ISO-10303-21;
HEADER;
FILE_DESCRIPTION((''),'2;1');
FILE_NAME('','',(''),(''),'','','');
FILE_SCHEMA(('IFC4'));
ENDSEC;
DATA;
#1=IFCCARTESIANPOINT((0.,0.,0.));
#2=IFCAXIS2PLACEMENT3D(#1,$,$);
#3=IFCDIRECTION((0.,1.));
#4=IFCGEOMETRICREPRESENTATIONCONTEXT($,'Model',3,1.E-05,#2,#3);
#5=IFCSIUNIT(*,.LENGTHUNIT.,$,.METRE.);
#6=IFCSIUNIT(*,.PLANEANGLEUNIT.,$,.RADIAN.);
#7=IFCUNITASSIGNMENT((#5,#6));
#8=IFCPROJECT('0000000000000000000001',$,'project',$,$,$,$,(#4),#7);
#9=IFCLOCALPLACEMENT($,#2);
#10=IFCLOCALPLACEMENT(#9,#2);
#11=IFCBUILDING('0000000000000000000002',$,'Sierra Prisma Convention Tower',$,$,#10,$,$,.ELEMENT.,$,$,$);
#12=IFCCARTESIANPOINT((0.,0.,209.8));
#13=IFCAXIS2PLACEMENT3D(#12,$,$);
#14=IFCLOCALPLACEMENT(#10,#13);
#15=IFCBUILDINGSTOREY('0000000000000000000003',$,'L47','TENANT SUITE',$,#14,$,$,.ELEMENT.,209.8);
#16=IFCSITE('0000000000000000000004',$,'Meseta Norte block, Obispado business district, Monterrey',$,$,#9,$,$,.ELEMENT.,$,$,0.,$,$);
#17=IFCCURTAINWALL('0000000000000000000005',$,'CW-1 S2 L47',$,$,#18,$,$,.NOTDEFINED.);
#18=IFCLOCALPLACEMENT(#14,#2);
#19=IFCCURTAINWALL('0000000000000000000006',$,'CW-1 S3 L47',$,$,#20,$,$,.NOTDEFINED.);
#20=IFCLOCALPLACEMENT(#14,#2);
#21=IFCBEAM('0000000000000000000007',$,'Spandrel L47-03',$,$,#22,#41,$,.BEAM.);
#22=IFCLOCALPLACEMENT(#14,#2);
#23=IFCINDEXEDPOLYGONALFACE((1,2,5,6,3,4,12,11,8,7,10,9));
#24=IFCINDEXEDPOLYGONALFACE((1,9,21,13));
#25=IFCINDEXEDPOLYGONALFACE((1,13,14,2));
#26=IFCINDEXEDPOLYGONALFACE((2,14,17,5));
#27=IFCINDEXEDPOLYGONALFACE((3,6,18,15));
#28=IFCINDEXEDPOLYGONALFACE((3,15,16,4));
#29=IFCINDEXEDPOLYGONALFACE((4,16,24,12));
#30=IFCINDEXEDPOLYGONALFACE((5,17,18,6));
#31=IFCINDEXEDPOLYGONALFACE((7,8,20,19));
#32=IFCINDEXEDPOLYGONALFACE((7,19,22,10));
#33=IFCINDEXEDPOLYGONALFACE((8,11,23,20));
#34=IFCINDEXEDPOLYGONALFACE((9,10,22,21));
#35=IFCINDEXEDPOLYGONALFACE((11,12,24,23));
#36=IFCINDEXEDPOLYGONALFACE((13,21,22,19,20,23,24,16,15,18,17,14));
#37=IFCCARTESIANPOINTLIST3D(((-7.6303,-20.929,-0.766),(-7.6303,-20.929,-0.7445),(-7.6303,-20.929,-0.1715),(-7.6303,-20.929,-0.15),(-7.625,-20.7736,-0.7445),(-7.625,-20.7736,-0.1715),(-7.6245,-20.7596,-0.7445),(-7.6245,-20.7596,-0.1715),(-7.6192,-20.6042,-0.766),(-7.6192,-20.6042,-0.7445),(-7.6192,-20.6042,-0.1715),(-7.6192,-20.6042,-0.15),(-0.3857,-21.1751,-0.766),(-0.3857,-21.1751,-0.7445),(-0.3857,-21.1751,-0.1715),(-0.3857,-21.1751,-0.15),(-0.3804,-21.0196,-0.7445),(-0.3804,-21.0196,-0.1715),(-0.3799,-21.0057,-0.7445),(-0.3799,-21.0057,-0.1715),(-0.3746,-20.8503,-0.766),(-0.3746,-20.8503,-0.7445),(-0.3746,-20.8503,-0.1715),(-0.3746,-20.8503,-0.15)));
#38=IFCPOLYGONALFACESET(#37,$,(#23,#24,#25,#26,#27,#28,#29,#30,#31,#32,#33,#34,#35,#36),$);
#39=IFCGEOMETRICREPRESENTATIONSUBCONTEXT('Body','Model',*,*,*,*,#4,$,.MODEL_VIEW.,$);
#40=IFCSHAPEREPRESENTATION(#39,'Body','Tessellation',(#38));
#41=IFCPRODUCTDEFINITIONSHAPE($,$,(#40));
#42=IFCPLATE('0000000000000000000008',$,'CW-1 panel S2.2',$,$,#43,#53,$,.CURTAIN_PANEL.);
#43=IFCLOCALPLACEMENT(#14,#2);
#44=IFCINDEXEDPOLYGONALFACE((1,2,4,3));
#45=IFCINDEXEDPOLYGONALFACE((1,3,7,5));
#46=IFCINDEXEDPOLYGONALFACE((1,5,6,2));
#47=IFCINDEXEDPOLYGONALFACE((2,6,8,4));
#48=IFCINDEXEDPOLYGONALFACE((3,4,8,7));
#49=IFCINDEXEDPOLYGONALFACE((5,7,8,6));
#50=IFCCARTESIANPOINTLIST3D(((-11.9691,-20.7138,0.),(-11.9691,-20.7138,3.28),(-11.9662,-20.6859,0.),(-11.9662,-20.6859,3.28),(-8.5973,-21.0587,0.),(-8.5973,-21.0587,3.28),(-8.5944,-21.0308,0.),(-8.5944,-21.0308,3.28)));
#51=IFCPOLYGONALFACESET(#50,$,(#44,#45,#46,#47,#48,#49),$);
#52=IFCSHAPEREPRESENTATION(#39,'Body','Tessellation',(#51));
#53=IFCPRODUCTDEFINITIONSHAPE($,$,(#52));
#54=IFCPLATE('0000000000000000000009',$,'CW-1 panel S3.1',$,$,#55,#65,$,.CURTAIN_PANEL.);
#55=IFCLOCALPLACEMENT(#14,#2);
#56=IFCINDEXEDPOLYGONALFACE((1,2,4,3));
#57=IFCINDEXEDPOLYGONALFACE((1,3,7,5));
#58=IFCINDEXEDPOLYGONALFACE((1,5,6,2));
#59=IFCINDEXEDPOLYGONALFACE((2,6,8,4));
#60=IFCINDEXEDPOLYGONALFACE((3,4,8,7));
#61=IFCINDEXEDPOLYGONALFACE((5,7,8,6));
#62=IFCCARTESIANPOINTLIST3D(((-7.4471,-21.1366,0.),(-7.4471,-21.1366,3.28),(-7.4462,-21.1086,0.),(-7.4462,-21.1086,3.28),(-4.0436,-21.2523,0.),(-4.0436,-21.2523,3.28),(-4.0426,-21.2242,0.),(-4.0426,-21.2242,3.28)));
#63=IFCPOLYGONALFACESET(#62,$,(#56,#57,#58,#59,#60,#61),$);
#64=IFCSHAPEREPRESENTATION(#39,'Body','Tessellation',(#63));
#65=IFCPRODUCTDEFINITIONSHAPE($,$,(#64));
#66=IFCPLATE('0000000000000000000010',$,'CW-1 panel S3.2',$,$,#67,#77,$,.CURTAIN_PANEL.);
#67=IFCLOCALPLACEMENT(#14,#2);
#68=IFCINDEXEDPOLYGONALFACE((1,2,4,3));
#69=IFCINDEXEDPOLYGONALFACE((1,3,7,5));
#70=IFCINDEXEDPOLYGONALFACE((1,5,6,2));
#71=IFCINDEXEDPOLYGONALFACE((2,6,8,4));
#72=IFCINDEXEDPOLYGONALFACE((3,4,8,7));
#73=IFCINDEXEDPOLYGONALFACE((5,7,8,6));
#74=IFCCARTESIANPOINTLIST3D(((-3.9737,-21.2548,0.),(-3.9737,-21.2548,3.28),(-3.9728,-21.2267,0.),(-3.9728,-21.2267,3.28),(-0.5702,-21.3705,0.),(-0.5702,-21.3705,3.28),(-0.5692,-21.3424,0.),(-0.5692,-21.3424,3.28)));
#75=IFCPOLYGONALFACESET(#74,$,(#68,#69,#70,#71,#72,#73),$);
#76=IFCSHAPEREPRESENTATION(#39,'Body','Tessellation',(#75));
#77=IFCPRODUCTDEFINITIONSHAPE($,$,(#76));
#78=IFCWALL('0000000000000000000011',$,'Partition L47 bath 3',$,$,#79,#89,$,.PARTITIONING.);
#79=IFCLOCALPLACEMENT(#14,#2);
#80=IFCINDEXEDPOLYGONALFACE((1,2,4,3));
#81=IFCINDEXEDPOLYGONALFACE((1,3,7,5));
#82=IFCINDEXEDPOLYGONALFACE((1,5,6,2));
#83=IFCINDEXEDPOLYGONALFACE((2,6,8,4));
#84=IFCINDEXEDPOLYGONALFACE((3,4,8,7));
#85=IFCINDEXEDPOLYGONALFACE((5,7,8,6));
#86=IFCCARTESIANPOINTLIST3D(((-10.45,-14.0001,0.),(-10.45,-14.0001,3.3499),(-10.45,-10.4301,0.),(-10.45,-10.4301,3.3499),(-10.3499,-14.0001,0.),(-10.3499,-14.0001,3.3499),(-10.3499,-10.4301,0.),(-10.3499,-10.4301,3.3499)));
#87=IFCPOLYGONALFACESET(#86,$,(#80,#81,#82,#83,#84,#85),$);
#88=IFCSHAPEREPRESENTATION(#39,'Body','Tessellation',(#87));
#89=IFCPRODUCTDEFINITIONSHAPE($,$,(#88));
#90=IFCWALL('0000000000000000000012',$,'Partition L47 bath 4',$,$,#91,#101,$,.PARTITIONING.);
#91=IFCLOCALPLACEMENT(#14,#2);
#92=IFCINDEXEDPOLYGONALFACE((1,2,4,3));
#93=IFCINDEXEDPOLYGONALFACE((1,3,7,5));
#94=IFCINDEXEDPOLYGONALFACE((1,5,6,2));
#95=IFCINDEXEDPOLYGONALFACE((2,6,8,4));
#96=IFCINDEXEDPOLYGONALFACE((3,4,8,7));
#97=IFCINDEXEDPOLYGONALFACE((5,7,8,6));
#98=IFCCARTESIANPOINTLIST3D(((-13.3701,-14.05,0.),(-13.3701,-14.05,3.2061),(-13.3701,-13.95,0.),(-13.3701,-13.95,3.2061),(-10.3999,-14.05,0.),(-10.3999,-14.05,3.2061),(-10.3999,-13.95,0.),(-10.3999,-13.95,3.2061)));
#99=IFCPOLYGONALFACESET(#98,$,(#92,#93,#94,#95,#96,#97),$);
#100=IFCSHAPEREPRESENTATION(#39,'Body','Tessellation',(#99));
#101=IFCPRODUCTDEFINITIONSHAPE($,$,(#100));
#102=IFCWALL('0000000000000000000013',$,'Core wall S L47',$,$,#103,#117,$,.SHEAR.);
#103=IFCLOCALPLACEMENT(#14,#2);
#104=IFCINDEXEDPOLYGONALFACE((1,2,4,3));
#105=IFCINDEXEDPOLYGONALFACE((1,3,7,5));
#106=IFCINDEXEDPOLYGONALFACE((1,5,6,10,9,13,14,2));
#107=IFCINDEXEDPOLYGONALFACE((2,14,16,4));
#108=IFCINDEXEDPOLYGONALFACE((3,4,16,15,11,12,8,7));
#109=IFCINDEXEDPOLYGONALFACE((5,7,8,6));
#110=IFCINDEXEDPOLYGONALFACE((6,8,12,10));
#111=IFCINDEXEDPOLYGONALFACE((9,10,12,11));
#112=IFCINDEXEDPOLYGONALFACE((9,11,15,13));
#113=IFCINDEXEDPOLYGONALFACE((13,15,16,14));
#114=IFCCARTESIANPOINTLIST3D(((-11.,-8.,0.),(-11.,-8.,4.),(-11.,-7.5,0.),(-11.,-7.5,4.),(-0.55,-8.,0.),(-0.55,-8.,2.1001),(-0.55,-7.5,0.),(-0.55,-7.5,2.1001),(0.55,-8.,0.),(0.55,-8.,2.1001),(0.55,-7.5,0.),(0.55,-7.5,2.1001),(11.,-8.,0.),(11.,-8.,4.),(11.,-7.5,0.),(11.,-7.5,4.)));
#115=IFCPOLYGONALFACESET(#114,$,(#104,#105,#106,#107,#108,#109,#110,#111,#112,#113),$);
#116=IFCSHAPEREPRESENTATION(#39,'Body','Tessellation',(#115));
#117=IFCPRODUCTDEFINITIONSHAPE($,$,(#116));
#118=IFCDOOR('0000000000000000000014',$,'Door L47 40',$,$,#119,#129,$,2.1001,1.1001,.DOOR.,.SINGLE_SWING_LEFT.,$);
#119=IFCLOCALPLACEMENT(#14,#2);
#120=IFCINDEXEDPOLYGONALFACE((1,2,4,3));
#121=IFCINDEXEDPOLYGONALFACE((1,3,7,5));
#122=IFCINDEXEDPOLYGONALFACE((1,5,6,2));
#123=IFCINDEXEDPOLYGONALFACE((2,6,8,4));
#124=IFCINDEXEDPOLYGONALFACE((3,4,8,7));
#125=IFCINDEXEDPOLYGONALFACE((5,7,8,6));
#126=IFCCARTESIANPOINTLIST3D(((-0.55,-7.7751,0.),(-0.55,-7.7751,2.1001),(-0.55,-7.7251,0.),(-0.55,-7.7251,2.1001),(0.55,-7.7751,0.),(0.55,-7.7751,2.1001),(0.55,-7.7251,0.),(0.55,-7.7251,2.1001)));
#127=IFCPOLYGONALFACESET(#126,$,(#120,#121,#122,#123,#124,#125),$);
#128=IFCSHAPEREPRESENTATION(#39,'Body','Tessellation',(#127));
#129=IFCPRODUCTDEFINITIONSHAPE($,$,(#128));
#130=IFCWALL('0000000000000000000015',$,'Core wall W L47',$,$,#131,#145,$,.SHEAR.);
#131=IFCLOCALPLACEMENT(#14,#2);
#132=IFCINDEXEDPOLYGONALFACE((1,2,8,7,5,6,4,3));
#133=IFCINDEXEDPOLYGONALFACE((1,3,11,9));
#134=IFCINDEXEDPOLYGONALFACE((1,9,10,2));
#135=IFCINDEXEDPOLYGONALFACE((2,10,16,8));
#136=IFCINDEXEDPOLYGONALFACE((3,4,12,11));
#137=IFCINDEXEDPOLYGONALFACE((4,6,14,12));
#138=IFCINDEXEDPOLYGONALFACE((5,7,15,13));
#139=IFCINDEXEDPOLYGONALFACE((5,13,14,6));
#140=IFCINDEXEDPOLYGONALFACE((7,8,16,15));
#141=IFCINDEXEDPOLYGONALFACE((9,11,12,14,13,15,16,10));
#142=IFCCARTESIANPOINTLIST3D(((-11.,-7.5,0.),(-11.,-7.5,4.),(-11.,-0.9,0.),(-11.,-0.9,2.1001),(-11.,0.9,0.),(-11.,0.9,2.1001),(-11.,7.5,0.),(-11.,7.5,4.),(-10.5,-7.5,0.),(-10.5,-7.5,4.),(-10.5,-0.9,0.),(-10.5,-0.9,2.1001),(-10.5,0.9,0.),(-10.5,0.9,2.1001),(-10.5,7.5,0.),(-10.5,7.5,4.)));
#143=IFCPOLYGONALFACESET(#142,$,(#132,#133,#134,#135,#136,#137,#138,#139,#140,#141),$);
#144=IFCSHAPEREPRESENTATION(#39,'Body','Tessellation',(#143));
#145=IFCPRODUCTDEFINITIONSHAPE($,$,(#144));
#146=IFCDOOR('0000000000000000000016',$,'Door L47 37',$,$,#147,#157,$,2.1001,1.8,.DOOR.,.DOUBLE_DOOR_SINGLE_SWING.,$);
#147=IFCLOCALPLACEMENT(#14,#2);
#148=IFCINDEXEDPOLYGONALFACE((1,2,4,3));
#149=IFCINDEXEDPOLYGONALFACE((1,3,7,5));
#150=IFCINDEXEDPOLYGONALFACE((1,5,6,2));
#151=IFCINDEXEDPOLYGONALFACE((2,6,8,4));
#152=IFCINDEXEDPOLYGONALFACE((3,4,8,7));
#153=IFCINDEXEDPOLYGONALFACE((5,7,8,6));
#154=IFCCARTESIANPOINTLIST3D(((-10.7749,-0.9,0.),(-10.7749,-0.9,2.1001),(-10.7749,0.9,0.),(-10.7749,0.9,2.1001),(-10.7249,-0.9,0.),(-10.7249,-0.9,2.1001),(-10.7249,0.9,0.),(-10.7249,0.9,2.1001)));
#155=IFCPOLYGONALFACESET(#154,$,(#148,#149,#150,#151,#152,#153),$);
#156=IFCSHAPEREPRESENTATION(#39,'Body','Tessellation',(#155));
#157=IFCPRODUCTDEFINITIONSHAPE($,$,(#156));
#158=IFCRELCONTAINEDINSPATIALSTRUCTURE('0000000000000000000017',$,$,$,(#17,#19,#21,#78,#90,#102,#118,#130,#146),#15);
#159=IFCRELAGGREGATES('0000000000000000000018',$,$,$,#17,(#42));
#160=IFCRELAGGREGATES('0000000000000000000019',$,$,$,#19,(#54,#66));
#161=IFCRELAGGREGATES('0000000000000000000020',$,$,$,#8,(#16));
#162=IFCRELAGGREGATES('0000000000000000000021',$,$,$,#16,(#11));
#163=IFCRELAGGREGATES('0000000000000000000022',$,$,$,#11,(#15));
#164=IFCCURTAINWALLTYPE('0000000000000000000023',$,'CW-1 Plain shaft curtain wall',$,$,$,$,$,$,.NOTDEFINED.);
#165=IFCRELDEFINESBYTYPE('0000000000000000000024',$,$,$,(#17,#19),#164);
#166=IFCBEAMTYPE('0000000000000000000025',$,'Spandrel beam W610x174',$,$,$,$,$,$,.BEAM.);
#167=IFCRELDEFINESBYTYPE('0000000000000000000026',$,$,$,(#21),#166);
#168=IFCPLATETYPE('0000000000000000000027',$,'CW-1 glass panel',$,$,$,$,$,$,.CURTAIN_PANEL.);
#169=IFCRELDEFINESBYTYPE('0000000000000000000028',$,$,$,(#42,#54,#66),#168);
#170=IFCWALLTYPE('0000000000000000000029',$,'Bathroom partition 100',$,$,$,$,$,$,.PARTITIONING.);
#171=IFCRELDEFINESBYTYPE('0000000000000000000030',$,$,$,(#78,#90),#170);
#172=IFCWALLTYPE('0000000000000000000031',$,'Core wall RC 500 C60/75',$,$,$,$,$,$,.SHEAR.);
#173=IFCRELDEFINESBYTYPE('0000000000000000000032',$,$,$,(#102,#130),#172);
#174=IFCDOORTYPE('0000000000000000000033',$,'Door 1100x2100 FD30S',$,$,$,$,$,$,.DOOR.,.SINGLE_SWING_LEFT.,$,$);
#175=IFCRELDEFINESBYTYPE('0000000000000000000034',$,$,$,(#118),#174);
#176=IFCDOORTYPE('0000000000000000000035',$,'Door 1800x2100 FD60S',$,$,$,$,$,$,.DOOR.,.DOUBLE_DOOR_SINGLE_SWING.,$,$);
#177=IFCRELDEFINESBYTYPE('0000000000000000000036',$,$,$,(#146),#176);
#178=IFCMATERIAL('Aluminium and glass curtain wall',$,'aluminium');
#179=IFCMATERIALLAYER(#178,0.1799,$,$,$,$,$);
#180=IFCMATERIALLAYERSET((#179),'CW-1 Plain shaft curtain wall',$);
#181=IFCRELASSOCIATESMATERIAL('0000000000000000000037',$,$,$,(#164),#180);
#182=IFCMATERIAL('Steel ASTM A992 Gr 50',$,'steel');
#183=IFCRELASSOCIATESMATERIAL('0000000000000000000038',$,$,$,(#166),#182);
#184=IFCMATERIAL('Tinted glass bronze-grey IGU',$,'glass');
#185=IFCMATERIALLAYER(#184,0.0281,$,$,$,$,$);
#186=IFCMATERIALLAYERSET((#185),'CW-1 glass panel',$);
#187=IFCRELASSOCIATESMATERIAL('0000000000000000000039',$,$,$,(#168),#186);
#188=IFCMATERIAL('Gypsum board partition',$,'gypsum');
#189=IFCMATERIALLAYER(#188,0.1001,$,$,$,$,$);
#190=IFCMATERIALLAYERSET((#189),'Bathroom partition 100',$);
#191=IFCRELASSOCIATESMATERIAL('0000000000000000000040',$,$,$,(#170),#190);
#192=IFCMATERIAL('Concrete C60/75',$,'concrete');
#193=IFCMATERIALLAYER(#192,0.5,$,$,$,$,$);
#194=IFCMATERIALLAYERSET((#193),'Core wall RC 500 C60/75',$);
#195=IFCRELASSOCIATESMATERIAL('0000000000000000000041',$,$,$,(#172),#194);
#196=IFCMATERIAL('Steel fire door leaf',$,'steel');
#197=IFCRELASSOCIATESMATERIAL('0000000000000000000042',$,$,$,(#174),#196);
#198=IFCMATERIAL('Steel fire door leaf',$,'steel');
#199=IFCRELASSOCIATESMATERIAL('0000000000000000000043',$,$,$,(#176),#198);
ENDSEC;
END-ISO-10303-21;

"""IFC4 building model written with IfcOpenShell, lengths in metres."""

from ifc_helpers import new_model, si_unit, direction, frame, frame_2d, origin, origin_2d, place, context, subcontext, project, spatial, rectangle, i_section, extrude, material, layer, layer_set, material_profile, profile_set, type_object, element, fill, aggregate, save


model = new_model("IFC4")

# Units and contexts
model_context = context("Model", 3, precision=1e-05, world=origin(), true_north=direction((0.0, 1.0)))
body_context = subcontext(model_context, "Body", "Model", "MODEL_VIEW")
ifc_project = project(units=[si_unit("LENGTHUNIT", "METRE"), si_unit("PLANEANGLEUNIT", "RADIAN")], contexts=[model_context])

# Site, building, storey
site_placement = place(None, origin())
site = spatial("IfcSite", under=ifc_project, at=site_placement, Name="Meseta Norte block, Obispado business district, Monterrey", CompositionType="ELEMENT", RefElevation=0.0)
building_placement = place(site_placement, origin())
building = spatial("IfcBuilding", under=site, at=building_placement, Name="Sierra Prisma Convention Tower", CompositionType="ELEMENT")
storey_placement = place(building_placement, frame((0.0, 0.0, 209.8)))
storey = spatial("IfcBuildingStorey", under=building, at=storey_placement, Name="L47", Description="TENANT SUITE", CompositionType="ELEMENT", Elevation=209.8)

# Curtain wall
ifc_material_1 = material(Name="Aluminium and glass curtain wall", Category="aluminium")
ifc_layer_1 = layer(ifc_material_1, 0.1799)
ifc_layer_set_1 = layer_set([ifc_layer_1], Name="CW-1 Plain shaft curtain wall")
curtain_wall_type = type_object("IfcCurtainWallType", Name="CW-1 Plain shaft curtain wall", PredefinedType="NOTDEFINED", material=ifc_layer_set_1)
curtain_wall_1_placement = place(storey_placement, origin())
curtain_wall_1 = element("IfcCurtainWall", 1, at=curtain_wall_1_placement, inside=storey, type_object=curtain_wall_type, Name="CW-1 S2 L47", PredefinedType="NOTDEFINED")

# Curtain wall
curtain_wall_2_placement = place(storey_placement, origin())
curtain_wall_2 = element("IfcCurtainWall", 2, at=curtain_wall_2_placement, inside=storey, type_object=curtain_wall_type, Name="CW-1 S3 L47", PredefinedType="NOTDEFINED")

# Beam
ifc_material_2 = material(Name="Steel ASTM A992 Gr 50", Category="steel")
ifc_material_profile_1 = material_profile(ifc_material_2, i_section(OverallWidth=0.325, OverallDepth=0.616, WebThickness=0.0139, FlangeThickness=0.0215, at=origin_2d()), Name="W610x174")
ifc_profile_set_1 = profile_set([ifc_material_profile_1], Name="Steel ASTM A992 Gr 50")
beam_type_1 = type_object("IfcBeamType", Name="Spandrel beam W610x174", PredefinedType="BEAM", material=ifc_profile_set_1)
beam_1_placement = place(storey_placement, frame((-7.6248, -20.7666, -0.458), z_axis=(0.999424, -0.03395, 0.0), x_axis=(0.03395, 0.999424, 0.0)))
element("IfcBeam", 3, at=beam_1_placement, inside=storey, type_object=beam_type_1, Name="Spandrel L47-03", PredefinedType="BEAM", context=body_context, shape_type="SweptSolid", body=[
    extrude(i_section(OverallWidth=0.325, OverallDepth=0.616, WebThickness=0.0139, FlangeThickness=0.0215, at=origin_2d()), origin(), (0.0, 0.0, 1.0), 7.2488),
])

# Plates
ifc_material_3 = material(Name="Tinted glass bronze-grey IGU", Category="glass")
ifc_layer_2 = layer(ifc_material_3, 0.0281)
ifc_layer_set_2 = layer_set([ifc_layer_2], Name="CW-1 glass panel")
plate_type = type_object("IfcPlateType", Name="CW-1 glass panel", PredefinedType="CURTAIN_PANEL", material=ifc_layer_set_2)
plate_1_placement = place(storey_placement, frame((-10.2817, -20.8723, 0.0), z_axis=(0.0, 0.0, 1.0), x_axis=(0.99481, -0.101746, 0.0)))
plate_1 = element("IfcPlate", 4, at=plate_1_placement, type_object=plate_type, Name="CW-1 panel S2.2", PredefinedType="CURTAIN_PANEL", context=body_context, shape_type="SweptSolid", body=[
    extrude(rectangle(XDim=3.3894, YDim=0.0281, at=origin_2d()), origin(), (0.0, 0.0, 1.0), 3.28),
])
aggregate(curtain_wall_1, [plate_1])
plate_2_placement = place(storey_placement, frame((-5.7449, -21.1804, 0.0), z_axis=(0.0, 0.0, 1.0), x_axis=(0.999423, -0.033968, 0.0)))
plate_2 = element("IfcPlate", 5, at=plate_2_placement, type_object=plate_type, Name="CW-1 panel S3.1", PredefinedType="CURTAIN_PANEL", context=body_context, shape_type="SweptSolid", body=[
    extrude(rectangle(XDim=3.4055, YDim=0.0281, at=origin_2d()), origin(), (0.0, 0.0, 1.0), 3.28),
])
plate_3_placement = place(storey_placement, frame((-2.2715, -21.2986, 0.0), z_axis=(0.0, 0.0, 1.0), x_axis=(0.999423, -0.033968, 0.0)))
plate_3 = element("IfcPlate", 6, at=plate_3_placement, type_object=plate_type, Name="CW-1 panel S3.2", PredefinedType="CURTAIN_PANEL", context=body_context, shape_type="SweptSolid", body=[
    extrude(rectangle(XDim=3.4055, YDim=0.0281, at=origin_2d()), origin(), (0.0, 0.0, 1.0), 3.28),
])
aggregate(curtain_wall_2, [plate_2, plate_3])

# Walls
ifc_material_4 = material(Name="Gypsum board partition", Category="gypsum")
ifc_layer_3 = layer(ifc_material_4, 0.1001)
ifc_layer_set_3 = layer_set([ifc_layer_3], Name="Bathroom partition 100")
wall_type_1 = type_object("IfcWallType", Name="Bathroom partition 100", PredefinedType="PARTITIONING", material=ifc_layer_set_3)
wall_1_placement = place(storey_placement, frame((-10.3999, -10.4299, 0.0), z_axis=(0.0, 0.0, 1.0), x_axis=(0.0, -1.0, 0.0)))
element("IfcWall", 7, at=wall_1_placement, inside=storey, type_object=wall_type_1, Name="Partition L47 bath 3", PredefinedType="PARTITIONING", context=body_context, shape_type="SweptSolid", body=[
    extrude(rectangle(XDim=3.5701, YDim=0.1001, at=frame_2d((1.7852, 0.0))), origin(), (0.0, 0.0, 1.0), 3.3499),
])
wall_2_placement = place(storey_placement, frame((-10.3999, -14.0, 0.0), z_axis=(0.0, 0.0, 1.0), x_axis=(-1.0, 0.0, 0.0)))
element("IfcWall", 8, at=wall_2_placement, inside=storey, type_object=wall_type_1, Name="Partition L47 bath 4", PredefinedType="PARTITIONING", context=body_context, shape_type="SweptSolid", body=[
    extrude(rectangle(XDim=2.9702, YDim=0.1001, at=frame_2d((1.4851, 0.0))), origin(), (0.0, 0.0, 1.0), 3.2061),
])

# Walls, openings, doors
ifc_material_5 = material(Name="Concrete C60/75", Category="concrete")
ifc_layer_4 = layer(ifc_material_5, 0.5)
ifc_layer_set_4 = layer_set([ifc_layer_4], Name="Core wall RC 500 C60/75")
wall_type_2 = type_object("IfcWallType", Name="Core wall RC 500 C60/75", PredefinedType="SHEAR", material=ifc_layer_set_4)
wall_3_placement = place(storey_placement, frame((-11.0, -7.75, 0.0), z_axis=(0.0, 0.0, 1.0), x_axis=(1.0, 0.0, 0.0)))
wall_3 = element("IfcWall", 9, at=wall_3_placement, inside=storey, type_object=wall_type_2, Name="Core wall S L47", PredefinedType="SHEAR", context=body_context, shape_type="SweptSolid", body=[
    extrude(rectangle(XDim=22.0, YDim=0.5, at=frame_2d((11.0, 0.0))), origin(), (0.0, 0.0, 1.0), 4.0),
])
opening_1_placement = place(wall_3_placement, frame((10.45, 0.0, 0.0)))
opening_1 = element("IfcOpeningElement", 10, at=opening_1_placement, cuts=wall_3, PredefinedType="OPENING", context=body_context, shape_type="SweptSolid", body=[
    extrude(rectangle(XDim=1.1001, YDim=2.1001, at=frame_2d((0.55, 1.05))), frame((0.0, 0.25, 0.0), z_axis=(0.0, -1.0, 0.0), x_axis=(1.0, 0.0, 0.0)), (0.0, 0.0, 1.0), 0.5),
])
ifc_material_6 = material(Name="Steel fire door leaf", Category="steel")
door_type_1 = type_object("IfcDoorType", Name="Door 1100x2100 FD30S", OperationType="SINGLE_SWING_LEFT", PredefinedType="DOOR", material=ifc_material_6)
door_1_placement = place(opening_1_placement, origin())
door_1 = element("IfcDoor", 11, at=door_1_placement, inside=storey, type_object=door_type_1, Name="Door L47 40", OperationType="SINGLE_SWING_LEFT", OverallHeight=2.1001, OverallWidth=1.1001, PredefinedType="DOOR", context=body_context, shape_type="SweptSolid", body=[
    extrude(rectangle(XDim=1.1001, YDim=2.1001, at=frame_2d((0.55, 1.05))), frame((0.0, 0.0249, 0.0), z_axis=(0.0, -1.0, 0.0), x_axis=(1.0, 0.0, 0.0)), (0.0, 0.0, 1.0), 0.05),
])
fill(opening_1, door_1)
wall_4_placement = place(storey_placement, frame((-10.75, -7.5, 0.0), z_axis=(0.0, 0.0, 1.0), x_axis=(0.0, 1.0, 0.0)))
wall_4 = element("IfcWall", 12, at=wall_4_placement, inside=storey, type_object=wall_type_2, Name="Core wall W L47", PredefinedType="SHEAR", context=body_context, shape_type="SweptSolid", body=[
    extrude(rectangle(XDim=15.0, YDim=0.5, at=frame_2d((7.5, 0.0))), origin(), (0.0, 0.0, 1.0), 4.0),
])
opening_2_placement = place(wall_4_placement, frame((6.6001, 0.0, 0.0)))
opening_2 = element("IfcOpeningElement", 13, at=opening_2_placement, cuts=wall_4, PredefinedType="OPENING", context=body_context, shape_type="SweptSolid", body=[
    extrude(rectangle(XDim=1.8, YDim=2.1001, at=frame_2d((0.8999, 1.05))), frame((0.0, 0.25, 0.0), z_axis=(0.0, -1.0, 0.0), x_axis=(1.0, 0.0, 0.0)), (0.0, 0.0, 1.0), 0.5),
])
ifc_material_7 = material(Name="Steel fire door leaf", Category="steel")
door_type_2 = type_object("IfcDoorType", Name="Door 1800x2100 FD60S", OperationType="DOUBLE_DOOR_SINGLE_SWING", PredefinedType="DOOR", material=ifc_material_7)
door_2_placement = place(opening_2_placement, origin())
door_2 = element("IfcDoor", 14, at=door_2_placement, inside=storey, type_object=door_type_2, Name="Door L47 37", OperationType="DOUBLE_DOOR_SINGLE_SWING", OverallHeight=2.1001, OverallWidth=1.8, PredefinedType="DOOR", context=body_context, shape_type="SweptSolid", body=[
    extrude(rectangle(XDim=1.8, YDim=2.1001, at=frame_2d((0.8999, 1.05))), frame((0.0, 0.0249, 0.0), z_axis=(0.0, -1.0, 0.0), x_axis=(1.0, 0.0, 0.0)), (0.0, 0.0, 1.0), 0.05),
])
fill(opening_2, door_2)

save(model, "model.ifc")
